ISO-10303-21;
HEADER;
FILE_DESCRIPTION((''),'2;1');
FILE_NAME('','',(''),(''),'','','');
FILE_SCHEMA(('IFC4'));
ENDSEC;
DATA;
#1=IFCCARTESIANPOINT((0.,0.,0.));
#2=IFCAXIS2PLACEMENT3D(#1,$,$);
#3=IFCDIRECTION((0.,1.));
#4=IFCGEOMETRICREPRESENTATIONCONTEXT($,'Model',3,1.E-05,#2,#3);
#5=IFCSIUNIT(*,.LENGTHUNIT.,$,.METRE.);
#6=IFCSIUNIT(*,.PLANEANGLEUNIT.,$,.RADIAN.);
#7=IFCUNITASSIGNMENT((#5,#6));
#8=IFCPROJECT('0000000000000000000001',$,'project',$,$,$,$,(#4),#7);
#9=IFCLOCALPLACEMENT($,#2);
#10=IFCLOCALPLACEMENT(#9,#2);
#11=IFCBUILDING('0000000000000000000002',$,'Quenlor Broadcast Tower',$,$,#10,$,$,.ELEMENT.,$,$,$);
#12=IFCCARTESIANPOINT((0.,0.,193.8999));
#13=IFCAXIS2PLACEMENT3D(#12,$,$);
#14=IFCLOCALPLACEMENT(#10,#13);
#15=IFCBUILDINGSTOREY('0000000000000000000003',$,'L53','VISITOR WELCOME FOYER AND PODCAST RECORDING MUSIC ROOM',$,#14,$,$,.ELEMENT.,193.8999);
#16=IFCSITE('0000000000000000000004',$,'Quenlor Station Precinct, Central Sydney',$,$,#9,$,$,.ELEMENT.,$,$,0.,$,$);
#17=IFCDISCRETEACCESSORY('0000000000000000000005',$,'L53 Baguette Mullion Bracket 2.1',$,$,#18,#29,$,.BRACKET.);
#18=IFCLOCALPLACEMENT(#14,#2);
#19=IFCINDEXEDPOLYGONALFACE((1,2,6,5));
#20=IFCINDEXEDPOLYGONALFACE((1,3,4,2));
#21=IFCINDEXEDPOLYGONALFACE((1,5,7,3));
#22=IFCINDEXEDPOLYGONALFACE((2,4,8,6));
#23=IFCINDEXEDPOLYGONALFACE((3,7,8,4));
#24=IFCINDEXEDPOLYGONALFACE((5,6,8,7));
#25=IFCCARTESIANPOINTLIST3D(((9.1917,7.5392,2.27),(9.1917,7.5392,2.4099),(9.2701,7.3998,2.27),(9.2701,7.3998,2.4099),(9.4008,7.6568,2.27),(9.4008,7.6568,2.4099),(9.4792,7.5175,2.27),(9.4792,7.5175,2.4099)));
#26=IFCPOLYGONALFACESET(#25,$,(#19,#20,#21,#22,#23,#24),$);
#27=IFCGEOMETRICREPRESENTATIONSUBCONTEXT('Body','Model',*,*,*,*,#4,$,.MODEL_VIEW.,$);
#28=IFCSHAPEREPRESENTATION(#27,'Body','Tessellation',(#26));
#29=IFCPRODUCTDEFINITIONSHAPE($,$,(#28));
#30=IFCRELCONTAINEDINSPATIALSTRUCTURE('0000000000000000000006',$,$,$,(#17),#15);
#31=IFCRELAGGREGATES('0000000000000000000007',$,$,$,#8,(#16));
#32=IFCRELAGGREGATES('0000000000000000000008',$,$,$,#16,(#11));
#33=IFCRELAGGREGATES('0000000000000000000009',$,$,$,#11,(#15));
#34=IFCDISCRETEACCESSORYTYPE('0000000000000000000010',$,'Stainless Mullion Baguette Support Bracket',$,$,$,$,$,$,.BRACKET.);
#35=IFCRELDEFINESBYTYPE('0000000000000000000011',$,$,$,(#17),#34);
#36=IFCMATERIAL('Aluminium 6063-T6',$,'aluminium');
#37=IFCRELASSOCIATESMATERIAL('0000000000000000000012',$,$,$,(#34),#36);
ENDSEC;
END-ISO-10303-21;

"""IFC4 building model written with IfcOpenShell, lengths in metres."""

from ifc_helpers import new_model, si_unit, direction, frame, origin, origin_2d, place, context, subcontext, project, spatial, rectangle, extrude, material, type_object, element, save


model = new_model("IFC4")

# Units and contexts
model_context = context("Model", 3, precision=1e-05, world=origin(), true_north=direction((0.0, 1.0)))
body_context = subcontext(model_context, "Body", "Model", "MODEL_VIEW")
ifc_project = project(units=[si_unit("LENGTHUNIT", "METRE"), si_unit("PLANEANGLEUNIT", "RADIAN")], contexts=[model_context])

# Site, building, storey
site_placement = place(None, origin())
site = spatial("IfcSite", under=ifc_project, at=site_placement, Name="Quenlor Station Precinct, Central Sydney", CompositionType="ELEMENT", RefElevation=0.0)
building_placement = place(site_placement, origin())
building = spatial("IfcBuilding", under=site, at=building_placement, Name="Quenlor Broadcast Tower", CompositionType="ELEMENT")
storey_placement = place(building_placement, frame((0.0, 0.0, 193.8999)))
storey = spatial("IfcBuildingStorey", under=building, at=storey_placement, Name="L53", Description="VISITOR WELCOME FOYER AND PODCAST RECORDING MUSIC ROOM", CompositionType="ELEMENT", Elevation=193.8999)

# Discrete accessory
ifc_material_1 = material(Name="Aluminium 6063-T6", Category="aluminium")
discrete_accessory_type = type_object("IfcDiscreteAccessoryType", Name="Stainless Mullion Baguette Support Bracket", PredefinedType="BRACKET", material=ifc_material_1)
for number, where, z_axis, x_axis, name in (
    (1, (9.3354, 7.5283, 2.27), (0.0, 0.0, 1.0), (0.490257, -0.871578, 0.0), "L53 Baguette Mullion Bracket 2.1"),
):
    element("IfcDiscreteAccessory", number, at=place(storey_placement, frame(where, z_axis=z_axis, x_axis=x_axis)), inside=storey, type_object=discrete_accessory_type, Name=name, PredefinedType="BRACKET", context=body_context, shape_type="SweptSolid", body=[
        extrude(rectangle(XDim=0.1599, YDim=0.24, at=origin_2d()), origin(), (0.0, 0.0, 1.0), 0.1399),
    ])

save(model, "model.ifc")
